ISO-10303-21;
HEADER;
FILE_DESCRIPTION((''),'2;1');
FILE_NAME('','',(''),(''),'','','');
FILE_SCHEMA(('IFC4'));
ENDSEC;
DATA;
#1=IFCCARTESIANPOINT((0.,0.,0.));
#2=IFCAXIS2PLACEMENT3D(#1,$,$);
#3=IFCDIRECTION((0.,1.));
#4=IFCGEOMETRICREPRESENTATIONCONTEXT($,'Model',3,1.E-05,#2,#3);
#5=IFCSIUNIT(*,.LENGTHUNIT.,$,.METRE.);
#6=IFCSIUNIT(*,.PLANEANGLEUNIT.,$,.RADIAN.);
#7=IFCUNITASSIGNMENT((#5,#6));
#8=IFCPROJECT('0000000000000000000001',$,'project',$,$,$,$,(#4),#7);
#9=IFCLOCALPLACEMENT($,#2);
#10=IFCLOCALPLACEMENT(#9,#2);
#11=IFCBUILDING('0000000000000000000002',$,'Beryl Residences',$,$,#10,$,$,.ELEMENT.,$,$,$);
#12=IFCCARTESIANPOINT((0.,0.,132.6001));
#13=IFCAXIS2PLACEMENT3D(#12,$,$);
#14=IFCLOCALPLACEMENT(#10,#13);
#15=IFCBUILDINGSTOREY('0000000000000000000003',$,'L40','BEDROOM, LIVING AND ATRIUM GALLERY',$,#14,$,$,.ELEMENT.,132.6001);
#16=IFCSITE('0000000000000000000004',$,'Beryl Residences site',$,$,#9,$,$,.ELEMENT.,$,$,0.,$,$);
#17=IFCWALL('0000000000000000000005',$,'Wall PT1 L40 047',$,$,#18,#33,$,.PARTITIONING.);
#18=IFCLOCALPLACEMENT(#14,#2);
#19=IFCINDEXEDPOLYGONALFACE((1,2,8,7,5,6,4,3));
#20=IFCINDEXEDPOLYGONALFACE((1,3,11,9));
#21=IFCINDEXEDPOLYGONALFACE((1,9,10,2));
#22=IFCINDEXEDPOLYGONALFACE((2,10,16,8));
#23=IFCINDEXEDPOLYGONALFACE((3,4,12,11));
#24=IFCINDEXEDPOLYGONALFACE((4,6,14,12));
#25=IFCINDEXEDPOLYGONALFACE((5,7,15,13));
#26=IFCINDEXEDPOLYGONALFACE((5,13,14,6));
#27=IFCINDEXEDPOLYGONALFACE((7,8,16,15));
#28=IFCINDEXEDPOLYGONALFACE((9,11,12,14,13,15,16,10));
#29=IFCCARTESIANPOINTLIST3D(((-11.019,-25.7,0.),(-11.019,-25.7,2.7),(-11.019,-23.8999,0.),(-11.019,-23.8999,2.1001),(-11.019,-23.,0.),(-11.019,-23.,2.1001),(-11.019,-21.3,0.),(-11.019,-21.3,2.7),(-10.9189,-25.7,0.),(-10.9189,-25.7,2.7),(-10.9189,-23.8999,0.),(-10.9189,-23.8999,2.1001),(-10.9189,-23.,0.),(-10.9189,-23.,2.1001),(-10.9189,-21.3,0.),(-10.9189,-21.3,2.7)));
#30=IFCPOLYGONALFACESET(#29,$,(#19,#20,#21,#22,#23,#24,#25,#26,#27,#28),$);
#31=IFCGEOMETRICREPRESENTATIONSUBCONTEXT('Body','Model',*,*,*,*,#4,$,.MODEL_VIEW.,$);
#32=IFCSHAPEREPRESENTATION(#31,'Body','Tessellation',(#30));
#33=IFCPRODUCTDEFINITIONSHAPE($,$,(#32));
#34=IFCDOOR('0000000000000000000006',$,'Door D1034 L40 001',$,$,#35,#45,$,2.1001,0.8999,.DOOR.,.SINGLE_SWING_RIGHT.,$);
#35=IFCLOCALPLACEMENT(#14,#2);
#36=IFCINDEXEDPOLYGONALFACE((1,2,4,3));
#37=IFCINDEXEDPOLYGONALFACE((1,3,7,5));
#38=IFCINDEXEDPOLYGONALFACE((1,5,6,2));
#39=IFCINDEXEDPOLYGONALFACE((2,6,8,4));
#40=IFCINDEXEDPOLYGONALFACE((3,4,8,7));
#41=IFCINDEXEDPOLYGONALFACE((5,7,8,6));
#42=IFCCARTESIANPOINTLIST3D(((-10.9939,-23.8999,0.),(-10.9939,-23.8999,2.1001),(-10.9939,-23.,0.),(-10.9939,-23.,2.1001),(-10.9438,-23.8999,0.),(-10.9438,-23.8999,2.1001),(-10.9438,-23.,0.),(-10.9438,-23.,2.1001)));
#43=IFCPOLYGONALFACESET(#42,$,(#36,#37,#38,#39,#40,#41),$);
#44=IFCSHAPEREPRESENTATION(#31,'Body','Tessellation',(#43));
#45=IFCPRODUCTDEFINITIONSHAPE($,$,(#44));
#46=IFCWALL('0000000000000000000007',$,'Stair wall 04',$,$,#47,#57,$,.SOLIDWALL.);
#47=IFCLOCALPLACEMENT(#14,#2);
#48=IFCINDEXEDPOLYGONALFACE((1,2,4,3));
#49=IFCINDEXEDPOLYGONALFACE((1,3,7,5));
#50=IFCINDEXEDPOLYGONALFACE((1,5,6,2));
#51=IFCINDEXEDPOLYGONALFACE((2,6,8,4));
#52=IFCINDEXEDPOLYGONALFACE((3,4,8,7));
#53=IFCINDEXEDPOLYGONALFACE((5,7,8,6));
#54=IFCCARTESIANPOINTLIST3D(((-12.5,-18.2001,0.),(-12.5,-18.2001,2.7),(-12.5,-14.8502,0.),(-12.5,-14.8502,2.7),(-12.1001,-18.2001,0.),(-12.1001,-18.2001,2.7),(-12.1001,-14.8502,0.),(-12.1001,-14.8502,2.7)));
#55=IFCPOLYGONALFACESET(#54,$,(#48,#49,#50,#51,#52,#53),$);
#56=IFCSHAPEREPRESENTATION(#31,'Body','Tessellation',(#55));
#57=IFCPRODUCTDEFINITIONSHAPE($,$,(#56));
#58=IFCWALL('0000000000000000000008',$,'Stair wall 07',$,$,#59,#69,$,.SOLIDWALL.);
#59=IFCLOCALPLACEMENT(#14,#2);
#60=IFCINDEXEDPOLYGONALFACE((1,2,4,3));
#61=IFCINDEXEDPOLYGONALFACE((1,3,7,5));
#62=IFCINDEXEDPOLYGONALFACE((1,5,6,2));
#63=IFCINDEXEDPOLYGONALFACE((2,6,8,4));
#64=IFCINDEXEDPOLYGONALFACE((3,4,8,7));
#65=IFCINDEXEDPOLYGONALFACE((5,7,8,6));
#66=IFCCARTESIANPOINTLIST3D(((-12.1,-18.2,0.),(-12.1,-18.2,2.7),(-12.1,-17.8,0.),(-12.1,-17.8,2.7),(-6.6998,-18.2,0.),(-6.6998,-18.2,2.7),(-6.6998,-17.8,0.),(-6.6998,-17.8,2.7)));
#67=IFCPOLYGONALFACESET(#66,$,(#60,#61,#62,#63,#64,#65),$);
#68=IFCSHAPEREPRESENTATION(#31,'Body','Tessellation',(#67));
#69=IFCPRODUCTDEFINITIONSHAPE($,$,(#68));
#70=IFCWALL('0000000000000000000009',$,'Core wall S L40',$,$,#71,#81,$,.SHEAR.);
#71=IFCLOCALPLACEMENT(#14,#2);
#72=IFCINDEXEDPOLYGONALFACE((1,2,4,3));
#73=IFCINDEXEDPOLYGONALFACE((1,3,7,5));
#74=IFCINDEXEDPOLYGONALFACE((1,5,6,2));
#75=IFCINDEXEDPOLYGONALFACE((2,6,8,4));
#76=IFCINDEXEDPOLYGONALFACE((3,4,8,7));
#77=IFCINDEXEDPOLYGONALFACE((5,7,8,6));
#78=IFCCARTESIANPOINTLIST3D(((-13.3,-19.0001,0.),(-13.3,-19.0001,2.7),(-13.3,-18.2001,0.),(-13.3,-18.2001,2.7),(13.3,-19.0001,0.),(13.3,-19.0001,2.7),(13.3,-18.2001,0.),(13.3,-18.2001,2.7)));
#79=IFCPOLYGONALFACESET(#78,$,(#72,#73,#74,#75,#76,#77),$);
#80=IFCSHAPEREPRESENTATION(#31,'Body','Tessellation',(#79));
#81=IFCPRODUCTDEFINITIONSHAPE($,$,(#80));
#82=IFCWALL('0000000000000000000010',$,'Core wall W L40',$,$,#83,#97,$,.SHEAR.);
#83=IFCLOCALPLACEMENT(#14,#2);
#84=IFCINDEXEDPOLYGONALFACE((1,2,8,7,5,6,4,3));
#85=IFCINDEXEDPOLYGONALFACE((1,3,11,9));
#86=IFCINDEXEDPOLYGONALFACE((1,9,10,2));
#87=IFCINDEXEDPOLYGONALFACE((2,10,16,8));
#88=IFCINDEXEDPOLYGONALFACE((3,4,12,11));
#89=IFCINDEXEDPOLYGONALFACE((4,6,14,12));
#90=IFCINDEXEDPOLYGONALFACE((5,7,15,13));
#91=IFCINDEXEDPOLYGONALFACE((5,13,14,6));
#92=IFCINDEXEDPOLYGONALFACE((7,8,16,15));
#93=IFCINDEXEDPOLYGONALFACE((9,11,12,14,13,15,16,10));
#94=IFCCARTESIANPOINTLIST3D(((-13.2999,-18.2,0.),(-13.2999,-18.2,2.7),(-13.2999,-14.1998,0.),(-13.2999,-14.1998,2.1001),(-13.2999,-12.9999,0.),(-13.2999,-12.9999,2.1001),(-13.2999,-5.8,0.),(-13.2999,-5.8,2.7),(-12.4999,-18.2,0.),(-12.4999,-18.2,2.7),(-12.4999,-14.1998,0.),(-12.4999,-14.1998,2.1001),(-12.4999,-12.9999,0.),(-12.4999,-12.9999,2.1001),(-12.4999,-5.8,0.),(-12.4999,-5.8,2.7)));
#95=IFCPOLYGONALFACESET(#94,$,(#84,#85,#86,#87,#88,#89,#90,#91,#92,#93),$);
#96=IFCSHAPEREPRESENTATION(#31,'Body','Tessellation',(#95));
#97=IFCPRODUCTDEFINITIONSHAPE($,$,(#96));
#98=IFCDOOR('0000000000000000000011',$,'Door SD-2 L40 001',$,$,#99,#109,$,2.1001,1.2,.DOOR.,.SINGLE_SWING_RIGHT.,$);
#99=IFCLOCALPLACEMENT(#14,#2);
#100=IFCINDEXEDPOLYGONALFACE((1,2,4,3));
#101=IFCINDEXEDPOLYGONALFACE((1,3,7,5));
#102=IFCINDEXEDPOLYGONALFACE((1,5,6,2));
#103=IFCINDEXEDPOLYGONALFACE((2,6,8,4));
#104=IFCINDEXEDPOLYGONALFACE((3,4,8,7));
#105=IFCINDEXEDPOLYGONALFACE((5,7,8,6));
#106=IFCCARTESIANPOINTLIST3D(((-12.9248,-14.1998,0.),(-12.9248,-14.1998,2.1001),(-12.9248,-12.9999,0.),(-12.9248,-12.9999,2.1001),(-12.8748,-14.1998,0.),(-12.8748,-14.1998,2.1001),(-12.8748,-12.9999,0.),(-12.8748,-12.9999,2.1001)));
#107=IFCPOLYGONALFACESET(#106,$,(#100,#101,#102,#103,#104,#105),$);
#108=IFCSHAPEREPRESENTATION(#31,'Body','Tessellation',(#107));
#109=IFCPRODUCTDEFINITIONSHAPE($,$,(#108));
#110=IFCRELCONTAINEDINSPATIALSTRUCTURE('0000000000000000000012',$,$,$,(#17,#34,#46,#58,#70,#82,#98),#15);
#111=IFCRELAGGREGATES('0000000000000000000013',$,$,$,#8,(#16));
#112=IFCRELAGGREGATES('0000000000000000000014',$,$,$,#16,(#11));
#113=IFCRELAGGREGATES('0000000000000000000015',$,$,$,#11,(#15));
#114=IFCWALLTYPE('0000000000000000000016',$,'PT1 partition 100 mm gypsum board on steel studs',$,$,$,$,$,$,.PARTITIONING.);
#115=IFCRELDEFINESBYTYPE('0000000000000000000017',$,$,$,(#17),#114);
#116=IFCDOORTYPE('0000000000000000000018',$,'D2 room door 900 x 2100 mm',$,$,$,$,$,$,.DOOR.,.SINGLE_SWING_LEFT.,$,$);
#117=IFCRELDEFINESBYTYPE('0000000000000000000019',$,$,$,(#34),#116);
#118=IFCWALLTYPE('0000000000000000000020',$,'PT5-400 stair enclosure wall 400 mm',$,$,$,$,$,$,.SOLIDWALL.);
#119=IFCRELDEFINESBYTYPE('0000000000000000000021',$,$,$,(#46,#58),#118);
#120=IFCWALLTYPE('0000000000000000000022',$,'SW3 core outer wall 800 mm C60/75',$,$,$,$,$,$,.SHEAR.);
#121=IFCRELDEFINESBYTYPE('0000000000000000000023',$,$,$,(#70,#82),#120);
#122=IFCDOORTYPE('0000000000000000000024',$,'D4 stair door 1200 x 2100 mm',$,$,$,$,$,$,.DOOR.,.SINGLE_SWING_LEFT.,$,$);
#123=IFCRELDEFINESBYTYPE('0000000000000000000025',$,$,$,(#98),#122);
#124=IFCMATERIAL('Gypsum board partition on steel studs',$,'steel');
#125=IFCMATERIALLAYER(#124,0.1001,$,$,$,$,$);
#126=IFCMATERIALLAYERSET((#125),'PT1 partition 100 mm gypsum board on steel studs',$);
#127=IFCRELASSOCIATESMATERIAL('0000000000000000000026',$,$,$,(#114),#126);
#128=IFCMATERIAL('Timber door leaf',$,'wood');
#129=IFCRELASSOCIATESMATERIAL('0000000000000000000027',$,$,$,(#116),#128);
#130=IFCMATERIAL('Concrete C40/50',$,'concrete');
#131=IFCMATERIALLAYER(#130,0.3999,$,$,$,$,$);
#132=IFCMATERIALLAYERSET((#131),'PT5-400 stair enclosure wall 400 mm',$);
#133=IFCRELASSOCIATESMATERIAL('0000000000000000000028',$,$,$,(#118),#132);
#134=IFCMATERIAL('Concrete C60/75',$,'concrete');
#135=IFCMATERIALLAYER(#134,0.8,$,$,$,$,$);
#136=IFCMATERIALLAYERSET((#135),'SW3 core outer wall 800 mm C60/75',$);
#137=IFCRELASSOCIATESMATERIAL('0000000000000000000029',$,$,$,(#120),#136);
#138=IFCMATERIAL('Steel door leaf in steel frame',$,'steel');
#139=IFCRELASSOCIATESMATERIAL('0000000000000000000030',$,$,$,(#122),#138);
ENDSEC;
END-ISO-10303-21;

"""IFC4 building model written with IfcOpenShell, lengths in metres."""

from ifc_helpers import new_model, si_unit, direction, frame, frame_2d, origin, place, context, subcontext, project, spatial, rectangle, extrude, material, layer, layer_set, type_object, element, fill, save


model = new_model("IFC4")

# Units and contexts
model_context = context("Model", 3, precision=1e-05, world=origin(), true_north=direction((0.0, 1.0)))
body_context = subcontext(model_context, "Body", "Model", "MODEL_VIEW")
ifc_project = project(units=[si_unit("LENGTHUNIT", "METRE"), si_unit("PLANEANGLEUNIT", "RADIAN")], contexts=[model_context])

# Site, building, storey
site_placement = place(None, origin())
site = spatial("IfcSite", under=ifc_project, at=site_placement, Name="Beryl Residences site", CompositionType="ELEMENT", RefElevation=0.0)
building_placement = place(site_placement, origin())
building = spatial("IfcBuilding", under=site, at=building_placement, Name="Beryl Residences", CompositionType="ELEMENT")
storey_placement = place(building_placement, frame((0.0, 0.0, 132.6001)))
storey = spatial("IfcBuildingStorey", under=building, at=storey_placement, Name="L40", Description="BEDROOM, LIVING AND ATRIUM GALLERY", CompositionType="ELEMENT", Elevation=132.6001)

# Wall, opening, door
ifc_material_1 = material(Name="Gypsum board partition on steel studs", Category="steel")
ifc_layer_1 = layer(ifc_material_1, 0.1001)
ifc_layer_set_1 = layer_set([ifc_layer_1], Name="PT1 partition 100 mm gypsum board on steel studs")
wall_type_1 = type_object("IfcWallType", Name="PT1 partition 100 mm gypsum board on steel studs", PredefinedType="PARTITIONING", material=ifc_layer_set_1)
wall_1_placement = place(storey_placement, frame((-10.969, -25.7, 0.0), z_axis=(0.0, 0.0, 1.0), x_axis=(0.0, 1.0, 0.0)))
wall_1 = element("IfcWall", 1, at=wall_1_placement, inside=storey, type_object=wall_type_1, Name="Wall PT1 L40 047", PredefinedType="PARTITIONING", context=body_context, shape_type="SweptSolid", body=[
    extrude(rectangle(XDim=4.3999, YDim=0.1001, at=frame_2d((2.2, 0.0))), origin(), (0.0, 0.0, 1.0), 2.7),
])
opening_1_placement = place(wall_1_placement, frame((1.8, 0.0, 0.0)))
opening_1 = element("IfcOpeningElement", 2, at=opening_1_placement, cuts=wall_1, PredefinedType="OPENING", context=body_context, shape_type="SweptSolid", body=[
    extrude(rectangle(XDim=0.8999, YDim=2.1001, at=frame_2d((0.45, 1.05))), frame((0.0, 0.0601, 0.0), z_axis=(0.0, -1.0, 0.0), x_axis=(1.0, 0.0, 0.0)), (0.0, 0.0, 1.0), 0.1201),
])
ifc_material_2 = material(Name="Timber door leaf", Category="wood")
door_type_1 = type_object("IfcDoorType", Name="D2 room door 900 x 2100 mm", OperationType="SINGLE_SWING_LEFT", PredefinedType="DOOR", material=ifc_material_2)
door_1_placement = place(opening_1_placement, origin())
door_1 = element("IfcDoor", 3, at=door_1_placement, inside=storey, type_object=door_type_1, Name="Door D1034 L40 001", OperationType="SINGLE_SWING_RIGHT", OverallHeight=2.1001, OverallWidth=0.8999, PredefinedType="DOOR", context=body_context, shape_type="SweptSolid", body=[
    extrude(rectangle(XDim=0.8999, YDim=2.1001, at=frame_2d((0.45, 1.05))), frame((0.0, 0.0249, 0.0), z_axis=(0.0, -1.0, 0.0), x_axis=(1.0, 0.0, 0.0)), (0.0, 0.0, 1.0), 0.05),
])
fill(opening_1, door_1)

# Walls
ifc_material_3 = material(Name="Concrete C40/50", Category="concrete")
ifc_layer_2 = layer(ifc_material_3, 0.3999)
ifc_layer_set_2 = layer_set([ifc_layer_2], Name="PT5-400 stair enclosure wall 400 mm")
wall_type_2 = type_object("IfcWallType", Name="PT5-400 stair enclosure wall 400 mm", PredefinedType="SOLIDWALL", material=ifc_layer_set_2)
wall_2_placement = place(storey_placement, frame((-12.3, -18.2, 0.0), z_axis=(0.0, 0.0, 1.0), x_axis=(0.0, 1.0, 0.0)))
element("IfcWall", 4, at=wall_2_placement, inside=storey, type_object=wall_type_2, Name="Stair wall 04", PredefinedType="SOLIDWALL", context=body_context, shape_type="SweptSolid", body=[
    extrude(rectangle(XDim=3.3499, YDim=0.3999, at=frame_2d((1.6748, 0.0))), origin(), (0.0, 0.0, 1.0), 2.7),
])
wall_3_placement = place(storey_placement, frame((-12.1001, -18.0, 0.0), z_axis=(0.0, 0.0, 1.0), x_axis=(1.0, 0.0, 0.0)))
element("IfcWall", 5, at=wall_3_placement, inside=storey, type_object=wall_type_2, Name="Stair wall 07", PredefinedType="SOLIDWALL", context=body_context, shape_type="SweptSolid", body=[
    extrude(rectangle(XDim=5.4001, YDim=0.3999, at=frame_2d((2.7002, 0.0))), origin(), (0.0, 0.0, 1.0), 2.7),
])
ifc_material_4 = material(Name="Concrete C60/75", Category="concrete")
ifc_layer_3 = layer(ifc_material_4, 0.8)
ifc_layer_set_3 = layer_set([ifc_layer_3], Name="SW3 core outer wall 800 mm C60/75")
wall_type_3 = type_object("IfcWallType", Name="SW3 core outer wall 800 mm C60/75", PredefinedType="SHEAR", material=ifc_layer_set_3)
wall_4_placement = place(storey_placement, frame((-13.3, -18.6001, 0.0), z_axis=(0.0, 0.0, 1.0), x_axis=(1.0, 0.0, 0.0)))
element("IfcWall", 6, at=wall_4_placement, inside=storey, type_object=wall_type_3, Name="Core wall S L40", PredefinedType="SHEAR", context=body_context, shape_type="SweptSolid", body=[
    extrude(rectangle(XDim=26.6001, YDim=0.8, at=frame_2d((13.3, 0.0))), origin(), (0.0, 0.0, 1.0), 2.7),
])

# Wall, opening, door
wall_5_placement = place(storey_placement, frame((-12.8999, -18.2, 0.0), z_axis=(0.0, 0.0, 1.0), x_axis=(0.0, 1.0, 0.0)))
wall_5 = element("IfcWall", 7, at=wall_5_placement, inside=storey, type_object=wall_type_3, Name="Core wall W L40", PredefinedType="SHEAR", context=body_context, shape_type="SweptSolid", body=[
    extrude(rectangle(XDim=12.3999, YDim=0.8, at=frame_2d((6.2, 0.0))), origin(), (0.0, 0.0, 1.0), 2.7),
])
opening_2_placement = place(wall_5_placement, frame((4.0, 0.0, 0.0)))
opening_2 = element("IfcOpeningElement", 8, at=opening_2_placement, cuts=wall_5, PredefinedType="OPENING", context=body_context, shape_type="SweptSolid", body=[
    extrude(rectangle(XDim=1.2, YDim=2.1001, at=frame_2d((0.6001, 1.05))), frame((0.0, 0.4099, 0.0), z_axis=(0.0, -1.0, 0.0), x_axis=(1.0, 0.0, 0.0)), (0.0, 0.0, 1.0), 0.8201),
])
ifc_material_5 = material(Name="Steel door leaf in steel frame", Category="steel")
door_type_2 = type_object("IfcDoorType", Name="D4 stair door 1200 x 2100 mm", OperationType="SINGLE_SWING_LEFT", PredefinedType="DOOR", material=ifc_material_5)
door_2_placement = place(opening_2_placement, origin())
door_2 = element("IfcDoor", 9, at=door_2_placement, inside=storey, type_object=door_type_2, Name="Door SD-2 L40 001", OperationType="SINGLE_SWING_RIGHT", OverallHeight=2.1001, OverallWidth=1.2, PredefinedType="DOOR", context=body_context, shape_type="SweptSolid", body=[
    extrude(rectangle(XDim=1.2, YDim=2.1001, at=frame_2d((0.6001, 1.05))), frame((0.0, 0.0249, 0.0), z_axis=(0.0, -1.0, 0.0), x_axis=(1.0, 0.0, 0.0)), (0.0, 0.0, 1.0), 0.05),
])
fill(opening_2, door_2)

save(model, "model.ifc")
